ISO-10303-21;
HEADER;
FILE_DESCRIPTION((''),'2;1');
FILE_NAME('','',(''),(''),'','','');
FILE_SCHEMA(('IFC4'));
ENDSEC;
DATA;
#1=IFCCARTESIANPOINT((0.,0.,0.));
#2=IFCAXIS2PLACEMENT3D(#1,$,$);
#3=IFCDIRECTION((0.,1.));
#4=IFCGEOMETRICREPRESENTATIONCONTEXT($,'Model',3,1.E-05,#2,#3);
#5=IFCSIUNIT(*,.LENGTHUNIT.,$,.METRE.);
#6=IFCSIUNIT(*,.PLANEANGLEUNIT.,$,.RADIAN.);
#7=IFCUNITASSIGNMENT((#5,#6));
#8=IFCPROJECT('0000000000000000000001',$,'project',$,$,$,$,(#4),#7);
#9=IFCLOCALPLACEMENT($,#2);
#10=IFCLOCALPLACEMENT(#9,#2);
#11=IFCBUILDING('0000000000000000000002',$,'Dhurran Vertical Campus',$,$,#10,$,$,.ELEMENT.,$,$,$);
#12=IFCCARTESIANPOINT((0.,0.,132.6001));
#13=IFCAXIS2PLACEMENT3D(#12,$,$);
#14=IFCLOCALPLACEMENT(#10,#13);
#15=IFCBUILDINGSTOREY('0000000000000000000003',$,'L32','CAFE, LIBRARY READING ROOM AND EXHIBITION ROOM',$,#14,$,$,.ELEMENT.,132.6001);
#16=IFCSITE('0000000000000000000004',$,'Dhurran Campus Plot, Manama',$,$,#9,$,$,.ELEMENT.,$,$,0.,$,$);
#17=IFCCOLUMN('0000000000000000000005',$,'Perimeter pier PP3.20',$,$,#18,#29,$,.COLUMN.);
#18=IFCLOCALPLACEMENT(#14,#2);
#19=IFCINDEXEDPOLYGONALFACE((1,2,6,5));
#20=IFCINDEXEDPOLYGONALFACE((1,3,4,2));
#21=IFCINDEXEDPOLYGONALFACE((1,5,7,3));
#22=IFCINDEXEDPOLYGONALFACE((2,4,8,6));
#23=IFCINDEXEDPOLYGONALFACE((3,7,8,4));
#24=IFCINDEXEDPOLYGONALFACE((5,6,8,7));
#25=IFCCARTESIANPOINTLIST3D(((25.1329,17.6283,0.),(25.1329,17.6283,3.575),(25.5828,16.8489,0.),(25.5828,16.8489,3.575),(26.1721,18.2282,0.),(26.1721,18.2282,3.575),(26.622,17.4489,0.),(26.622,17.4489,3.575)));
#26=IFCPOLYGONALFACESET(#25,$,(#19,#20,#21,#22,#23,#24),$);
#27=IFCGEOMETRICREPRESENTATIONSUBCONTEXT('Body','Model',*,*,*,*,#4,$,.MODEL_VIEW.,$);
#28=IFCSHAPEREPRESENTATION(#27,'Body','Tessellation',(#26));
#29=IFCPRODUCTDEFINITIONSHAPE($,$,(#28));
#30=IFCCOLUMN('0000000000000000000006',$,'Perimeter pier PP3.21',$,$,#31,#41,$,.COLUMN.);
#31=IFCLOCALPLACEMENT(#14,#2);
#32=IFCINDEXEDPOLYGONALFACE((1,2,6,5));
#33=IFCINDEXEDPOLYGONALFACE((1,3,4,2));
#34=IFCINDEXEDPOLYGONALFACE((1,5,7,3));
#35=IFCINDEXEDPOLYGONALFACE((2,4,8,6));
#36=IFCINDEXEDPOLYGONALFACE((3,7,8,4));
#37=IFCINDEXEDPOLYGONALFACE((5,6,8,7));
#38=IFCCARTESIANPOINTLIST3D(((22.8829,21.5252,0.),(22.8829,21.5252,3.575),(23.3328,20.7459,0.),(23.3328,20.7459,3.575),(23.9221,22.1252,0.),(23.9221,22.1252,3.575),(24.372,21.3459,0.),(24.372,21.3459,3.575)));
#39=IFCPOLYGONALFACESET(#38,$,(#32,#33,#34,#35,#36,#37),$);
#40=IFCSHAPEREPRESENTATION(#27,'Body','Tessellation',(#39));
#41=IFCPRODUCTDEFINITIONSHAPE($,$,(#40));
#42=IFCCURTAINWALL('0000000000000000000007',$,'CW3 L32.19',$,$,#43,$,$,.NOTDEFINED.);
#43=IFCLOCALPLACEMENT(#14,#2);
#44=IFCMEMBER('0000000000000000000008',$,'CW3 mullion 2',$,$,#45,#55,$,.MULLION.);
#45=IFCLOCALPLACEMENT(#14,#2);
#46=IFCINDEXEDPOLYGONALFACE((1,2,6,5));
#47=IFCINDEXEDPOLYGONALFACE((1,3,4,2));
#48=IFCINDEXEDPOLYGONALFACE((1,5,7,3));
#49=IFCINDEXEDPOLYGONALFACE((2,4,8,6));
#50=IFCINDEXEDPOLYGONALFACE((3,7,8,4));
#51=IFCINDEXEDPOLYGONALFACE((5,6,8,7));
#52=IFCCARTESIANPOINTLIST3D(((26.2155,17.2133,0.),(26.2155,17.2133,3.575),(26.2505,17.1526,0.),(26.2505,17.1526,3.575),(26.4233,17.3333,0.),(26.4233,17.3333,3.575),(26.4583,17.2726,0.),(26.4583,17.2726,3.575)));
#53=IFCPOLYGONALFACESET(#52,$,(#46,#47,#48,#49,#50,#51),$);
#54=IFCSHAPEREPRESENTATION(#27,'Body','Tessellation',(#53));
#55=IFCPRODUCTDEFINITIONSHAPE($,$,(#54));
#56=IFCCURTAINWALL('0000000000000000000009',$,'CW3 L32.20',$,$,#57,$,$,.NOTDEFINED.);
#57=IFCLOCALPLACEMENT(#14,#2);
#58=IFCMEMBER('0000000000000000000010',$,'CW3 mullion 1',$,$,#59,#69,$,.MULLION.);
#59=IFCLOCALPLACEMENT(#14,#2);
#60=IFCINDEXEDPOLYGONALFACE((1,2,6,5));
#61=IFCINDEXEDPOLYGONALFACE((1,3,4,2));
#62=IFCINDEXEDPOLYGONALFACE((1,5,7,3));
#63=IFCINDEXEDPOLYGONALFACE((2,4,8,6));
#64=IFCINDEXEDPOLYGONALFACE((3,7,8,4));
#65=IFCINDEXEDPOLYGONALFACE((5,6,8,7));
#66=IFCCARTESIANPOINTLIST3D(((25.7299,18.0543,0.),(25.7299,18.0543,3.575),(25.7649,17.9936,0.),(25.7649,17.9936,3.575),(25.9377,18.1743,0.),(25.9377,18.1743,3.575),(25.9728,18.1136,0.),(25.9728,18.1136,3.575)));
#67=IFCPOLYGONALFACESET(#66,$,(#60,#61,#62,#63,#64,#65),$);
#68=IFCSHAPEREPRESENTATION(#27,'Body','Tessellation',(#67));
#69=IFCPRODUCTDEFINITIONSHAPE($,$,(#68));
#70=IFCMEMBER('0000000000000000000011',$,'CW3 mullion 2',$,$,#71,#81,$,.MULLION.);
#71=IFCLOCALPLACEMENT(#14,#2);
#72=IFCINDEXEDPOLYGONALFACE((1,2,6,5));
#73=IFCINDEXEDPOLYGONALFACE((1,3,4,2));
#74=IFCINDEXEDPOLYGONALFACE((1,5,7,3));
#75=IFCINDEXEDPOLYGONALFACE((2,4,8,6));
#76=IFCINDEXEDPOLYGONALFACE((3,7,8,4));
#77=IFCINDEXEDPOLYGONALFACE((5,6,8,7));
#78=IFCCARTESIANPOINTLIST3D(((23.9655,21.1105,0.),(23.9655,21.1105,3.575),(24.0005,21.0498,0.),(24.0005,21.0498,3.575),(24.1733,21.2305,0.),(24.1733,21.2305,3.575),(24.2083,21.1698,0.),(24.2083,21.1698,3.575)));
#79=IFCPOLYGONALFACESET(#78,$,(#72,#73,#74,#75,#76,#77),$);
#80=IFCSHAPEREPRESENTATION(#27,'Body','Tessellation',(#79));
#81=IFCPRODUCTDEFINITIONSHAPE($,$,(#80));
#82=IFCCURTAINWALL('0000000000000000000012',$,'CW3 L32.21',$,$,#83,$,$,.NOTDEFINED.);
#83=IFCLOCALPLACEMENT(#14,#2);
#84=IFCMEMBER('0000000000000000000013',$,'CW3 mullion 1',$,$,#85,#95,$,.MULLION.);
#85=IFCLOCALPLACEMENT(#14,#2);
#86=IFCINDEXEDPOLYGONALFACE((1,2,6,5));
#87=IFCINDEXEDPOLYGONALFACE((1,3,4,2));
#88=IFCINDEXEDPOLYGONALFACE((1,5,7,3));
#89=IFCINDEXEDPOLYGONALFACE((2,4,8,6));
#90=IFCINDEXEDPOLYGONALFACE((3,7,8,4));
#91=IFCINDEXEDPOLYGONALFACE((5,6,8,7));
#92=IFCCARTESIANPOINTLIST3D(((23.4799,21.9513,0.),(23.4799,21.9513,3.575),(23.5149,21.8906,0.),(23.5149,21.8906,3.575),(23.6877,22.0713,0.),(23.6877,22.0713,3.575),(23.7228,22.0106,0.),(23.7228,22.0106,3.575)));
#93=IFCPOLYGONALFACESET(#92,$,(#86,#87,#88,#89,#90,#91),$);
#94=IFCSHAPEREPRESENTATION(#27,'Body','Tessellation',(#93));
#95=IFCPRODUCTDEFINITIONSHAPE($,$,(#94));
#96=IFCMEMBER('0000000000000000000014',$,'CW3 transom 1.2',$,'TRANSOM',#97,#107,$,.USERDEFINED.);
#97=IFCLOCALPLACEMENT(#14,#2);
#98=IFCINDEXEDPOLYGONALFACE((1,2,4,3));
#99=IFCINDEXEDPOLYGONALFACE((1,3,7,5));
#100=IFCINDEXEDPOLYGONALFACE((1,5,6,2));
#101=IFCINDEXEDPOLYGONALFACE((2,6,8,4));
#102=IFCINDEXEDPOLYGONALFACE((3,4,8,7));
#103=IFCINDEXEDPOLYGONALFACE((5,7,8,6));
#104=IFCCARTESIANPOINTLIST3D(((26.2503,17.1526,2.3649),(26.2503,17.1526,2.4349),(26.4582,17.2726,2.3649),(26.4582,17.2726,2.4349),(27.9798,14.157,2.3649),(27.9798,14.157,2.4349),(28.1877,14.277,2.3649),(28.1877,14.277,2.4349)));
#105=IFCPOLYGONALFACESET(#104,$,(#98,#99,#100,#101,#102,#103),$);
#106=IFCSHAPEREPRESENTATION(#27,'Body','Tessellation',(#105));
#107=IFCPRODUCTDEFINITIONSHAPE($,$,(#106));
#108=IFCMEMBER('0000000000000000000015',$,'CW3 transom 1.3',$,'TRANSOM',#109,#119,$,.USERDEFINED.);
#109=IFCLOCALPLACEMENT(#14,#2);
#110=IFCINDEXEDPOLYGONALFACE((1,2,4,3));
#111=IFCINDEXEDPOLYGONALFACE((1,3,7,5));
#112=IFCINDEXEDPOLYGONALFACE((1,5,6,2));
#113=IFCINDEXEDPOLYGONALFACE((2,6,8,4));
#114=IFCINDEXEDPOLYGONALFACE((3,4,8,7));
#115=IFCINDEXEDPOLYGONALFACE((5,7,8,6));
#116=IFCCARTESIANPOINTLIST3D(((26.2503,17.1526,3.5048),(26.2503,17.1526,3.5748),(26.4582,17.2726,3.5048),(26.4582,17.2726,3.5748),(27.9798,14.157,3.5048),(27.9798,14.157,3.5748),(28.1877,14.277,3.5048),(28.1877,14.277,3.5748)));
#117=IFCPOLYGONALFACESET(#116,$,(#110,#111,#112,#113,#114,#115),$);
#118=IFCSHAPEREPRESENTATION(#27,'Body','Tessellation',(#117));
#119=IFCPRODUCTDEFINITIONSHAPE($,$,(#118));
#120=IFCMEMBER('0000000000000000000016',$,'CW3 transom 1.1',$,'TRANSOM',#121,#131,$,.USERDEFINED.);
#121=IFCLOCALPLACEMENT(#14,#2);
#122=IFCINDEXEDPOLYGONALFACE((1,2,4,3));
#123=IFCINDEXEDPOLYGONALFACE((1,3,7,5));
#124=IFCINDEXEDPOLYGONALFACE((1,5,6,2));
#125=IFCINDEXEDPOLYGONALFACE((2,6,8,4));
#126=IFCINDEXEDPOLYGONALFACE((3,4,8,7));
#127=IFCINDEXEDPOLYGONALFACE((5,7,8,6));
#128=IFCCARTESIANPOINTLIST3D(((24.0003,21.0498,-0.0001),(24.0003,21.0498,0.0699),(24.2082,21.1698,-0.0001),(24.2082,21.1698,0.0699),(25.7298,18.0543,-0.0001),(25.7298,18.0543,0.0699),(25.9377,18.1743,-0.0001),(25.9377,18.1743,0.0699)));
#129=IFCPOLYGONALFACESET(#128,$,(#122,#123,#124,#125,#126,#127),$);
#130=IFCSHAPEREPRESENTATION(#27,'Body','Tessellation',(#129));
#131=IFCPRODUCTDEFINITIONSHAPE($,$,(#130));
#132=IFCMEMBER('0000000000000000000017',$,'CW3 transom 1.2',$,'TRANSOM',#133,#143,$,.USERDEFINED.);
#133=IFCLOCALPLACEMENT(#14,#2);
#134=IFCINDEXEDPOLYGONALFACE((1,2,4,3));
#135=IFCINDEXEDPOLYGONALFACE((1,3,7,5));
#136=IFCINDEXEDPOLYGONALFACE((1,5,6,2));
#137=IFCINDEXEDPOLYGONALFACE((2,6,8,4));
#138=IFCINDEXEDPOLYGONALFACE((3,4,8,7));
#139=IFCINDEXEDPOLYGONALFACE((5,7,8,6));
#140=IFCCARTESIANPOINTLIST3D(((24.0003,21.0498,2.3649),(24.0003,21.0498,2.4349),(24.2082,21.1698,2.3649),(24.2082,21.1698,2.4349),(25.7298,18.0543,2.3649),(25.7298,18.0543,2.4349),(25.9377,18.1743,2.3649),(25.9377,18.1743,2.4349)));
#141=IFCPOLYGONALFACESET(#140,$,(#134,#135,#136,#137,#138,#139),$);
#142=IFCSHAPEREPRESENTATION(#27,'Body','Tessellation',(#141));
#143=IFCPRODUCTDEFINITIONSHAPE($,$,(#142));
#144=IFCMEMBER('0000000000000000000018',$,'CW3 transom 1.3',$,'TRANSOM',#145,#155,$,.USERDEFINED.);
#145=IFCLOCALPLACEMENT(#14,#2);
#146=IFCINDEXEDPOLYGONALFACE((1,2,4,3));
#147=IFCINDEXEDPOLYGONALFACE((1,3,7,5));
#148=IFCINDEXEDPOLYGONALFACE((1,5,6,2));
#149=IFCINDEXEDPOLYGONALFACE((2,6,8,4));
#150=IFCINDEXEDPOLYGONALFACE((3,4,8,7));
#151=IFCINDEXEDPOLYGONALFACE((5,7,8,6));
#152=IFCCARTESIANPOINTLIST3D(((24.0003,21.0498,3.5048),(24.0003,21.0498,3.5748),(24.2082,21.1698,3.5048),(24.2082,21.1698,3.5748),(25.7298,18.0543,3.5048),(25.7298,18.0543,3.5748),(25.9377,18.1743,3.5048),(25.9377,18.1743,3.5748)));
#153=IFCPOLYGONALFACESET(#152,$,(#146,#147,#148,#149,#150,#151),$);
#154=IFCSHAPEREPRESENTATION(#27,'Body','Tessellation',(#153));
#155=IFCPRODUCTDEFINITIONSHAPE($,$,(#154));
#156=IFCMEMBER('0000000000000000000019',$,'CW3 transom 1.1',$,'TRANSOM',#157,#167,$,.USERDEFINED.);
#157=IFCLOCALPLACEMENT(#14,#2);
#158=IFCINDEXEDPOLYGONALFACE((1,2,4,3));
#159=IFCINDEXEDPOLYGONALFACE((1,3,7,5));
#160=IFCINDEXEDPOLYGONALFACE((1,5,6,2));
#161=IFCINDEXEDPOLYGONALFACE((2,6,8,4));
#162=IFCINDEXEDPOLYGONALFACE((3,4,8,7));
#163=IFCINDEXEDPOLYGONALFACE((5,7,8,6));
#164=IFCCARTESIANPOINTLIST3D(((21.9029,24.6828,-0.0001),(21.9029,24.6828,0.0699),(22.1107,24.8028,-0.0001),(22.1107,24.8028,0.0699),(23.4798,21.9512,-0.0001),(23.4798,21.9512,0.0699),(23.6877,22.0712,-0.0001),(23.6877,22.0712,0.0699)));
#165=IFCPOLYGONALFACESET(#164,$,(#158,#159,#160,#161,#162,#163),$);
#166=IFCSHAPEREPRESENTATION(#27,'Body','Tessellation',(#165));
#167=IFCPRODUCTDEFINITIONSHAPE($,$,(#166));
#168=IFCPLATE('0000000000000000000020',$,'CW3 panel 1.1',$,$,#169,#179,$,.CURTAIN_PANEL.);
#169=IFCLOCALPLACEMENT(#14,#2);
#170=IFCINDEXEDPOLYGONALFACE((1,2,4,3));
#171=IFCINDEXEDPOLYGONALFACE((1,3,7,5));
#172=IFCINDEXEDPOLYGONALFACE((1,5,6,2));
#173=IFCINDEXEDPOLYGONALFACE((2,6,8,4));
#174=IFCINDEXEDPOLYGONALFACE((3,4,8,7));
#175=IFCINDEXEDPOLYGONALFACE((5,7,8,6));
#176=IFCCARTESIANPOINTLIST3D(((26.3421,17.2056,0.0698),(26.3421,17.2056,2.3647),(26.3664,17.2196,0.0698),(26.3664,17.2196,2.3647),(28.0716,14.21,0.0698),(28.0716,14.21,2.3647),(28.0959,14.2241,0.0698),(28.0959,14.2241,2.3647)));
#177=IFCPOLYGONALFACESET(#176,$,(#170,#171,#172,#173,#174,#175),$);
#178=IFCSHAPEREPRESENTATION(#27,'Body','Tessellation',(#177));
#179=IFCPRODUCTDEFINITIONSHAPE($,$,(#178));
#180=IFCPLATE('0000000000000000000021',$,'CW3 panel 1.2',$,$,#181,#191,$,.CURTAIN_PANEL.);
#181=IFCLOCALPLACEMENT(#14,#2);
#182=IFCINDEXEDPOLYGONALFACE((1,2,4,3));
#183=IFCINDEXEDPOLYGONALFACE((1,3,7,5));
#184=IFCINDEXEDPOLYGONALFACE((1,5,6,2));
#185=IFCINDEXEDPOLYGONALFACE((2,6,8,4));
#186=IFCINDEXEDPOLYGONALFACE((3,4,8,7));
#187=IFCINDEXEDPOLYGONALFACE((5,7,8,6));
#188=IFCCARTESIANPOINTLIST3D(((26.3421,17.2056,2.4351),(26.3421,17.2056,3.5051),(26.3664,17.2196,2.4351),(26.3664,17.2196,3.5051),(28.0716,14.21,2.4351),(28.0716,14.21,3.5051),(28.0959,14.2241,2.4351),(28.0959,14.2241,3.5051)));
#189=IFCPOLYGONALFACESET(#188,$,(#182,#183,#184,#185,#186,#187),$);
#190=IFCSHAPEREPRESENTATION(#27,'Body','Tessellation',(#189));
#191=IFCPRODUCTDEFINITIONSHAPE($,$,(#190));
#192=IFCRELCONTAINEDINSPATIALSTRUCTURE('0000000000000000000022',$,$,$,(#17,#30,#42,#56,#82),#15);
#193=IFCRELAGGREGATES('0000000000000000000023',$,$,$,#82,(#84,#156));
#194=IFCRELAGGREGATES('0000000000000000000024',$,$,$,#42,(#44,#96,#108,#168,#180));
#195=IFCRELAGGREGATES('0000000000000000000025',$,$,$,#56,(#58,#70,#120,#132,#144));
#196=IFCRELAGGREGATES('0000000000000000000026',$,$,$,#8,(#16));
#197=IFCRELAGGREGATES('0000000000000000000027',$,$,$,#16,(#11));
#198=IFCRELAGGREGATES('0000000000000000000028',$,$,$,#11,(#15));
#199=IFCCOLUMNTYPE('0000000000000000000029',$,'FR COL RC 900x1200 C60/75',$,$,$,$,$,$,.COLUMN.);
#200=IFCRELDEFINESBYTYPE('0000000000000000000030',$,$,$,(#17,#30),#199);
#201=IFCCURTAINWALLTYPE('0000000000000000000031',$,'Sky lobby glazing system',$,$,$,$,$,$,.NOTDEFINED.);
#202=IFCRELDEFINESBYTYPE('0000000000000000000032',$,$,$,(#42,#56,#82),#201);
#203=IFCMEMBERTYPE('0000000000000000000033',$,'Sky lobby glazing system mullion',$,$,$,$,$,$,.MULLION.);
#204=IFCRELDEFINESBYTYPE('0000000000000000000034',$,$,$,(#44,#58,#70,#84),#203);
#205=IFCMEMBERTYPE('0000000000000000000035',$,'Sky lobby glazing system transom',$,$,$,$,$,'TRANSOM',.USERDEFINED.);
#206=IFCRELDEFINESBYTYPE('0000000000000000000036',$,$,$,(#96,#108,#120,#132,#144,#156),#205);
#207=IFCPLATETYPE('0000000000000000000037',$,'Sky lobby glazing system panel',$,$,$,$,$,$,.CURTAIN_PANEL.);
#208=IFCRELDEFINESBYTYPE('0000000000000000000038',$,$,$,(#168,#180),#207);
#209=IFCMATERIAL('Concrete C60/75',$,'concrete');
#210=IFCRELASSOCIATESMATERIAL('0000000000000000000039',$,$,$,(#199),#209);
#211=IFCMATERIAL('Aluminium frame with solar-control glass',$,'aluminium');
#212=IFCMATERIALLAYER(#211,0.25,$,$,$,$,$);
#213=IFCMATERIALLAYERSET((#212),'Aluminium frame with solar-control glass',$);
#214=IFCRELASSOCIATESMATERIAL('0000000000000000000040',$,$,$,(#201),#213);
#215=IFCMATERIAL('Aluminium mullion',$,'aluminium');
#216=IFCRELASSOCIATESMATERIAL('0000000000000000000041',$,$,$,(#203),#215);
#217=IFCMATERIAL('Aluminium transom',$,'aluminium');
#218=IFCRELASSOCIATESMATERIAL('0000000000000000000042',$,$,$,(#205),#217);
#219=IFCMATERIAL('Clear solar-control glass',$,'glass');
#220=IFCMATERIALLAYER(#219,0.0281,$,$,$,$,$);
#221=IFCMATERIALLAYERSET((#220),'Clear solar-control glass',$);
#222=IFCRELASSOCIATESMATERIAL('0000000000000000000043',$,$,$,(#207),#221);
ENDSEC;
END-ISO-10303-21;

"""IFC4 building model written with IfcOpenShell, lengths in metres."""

from ifc_helpers import new_model, si_unit, direction, frame, origin, origin_2d, place, context, subcontext, project, spatial, rectangle, extrude, material, layer, layer_set, material_profile, profile_set, type_object, element, aggregate, save


model = new_model("IFC4")

# Units and contexts
model_context = context("Model", 3, precision=1e-05, world=origin(), true_north=direction((0.0, 1.0)))
body_context = subcontext(model_context, "Body", "Model", "MODEL_VIEW")
ifc_project = project(units=[si_unit("LENGTHUNIT", "METRE"), si_unit("PLANEANGLEUNIT", "RADIAN")], contexts=[model_context])

# Site, building, storey
site_placement = place(None, origin())
site = spatial("IfcSite", under=ifc_project, at=site_placement, Name="Dhurran Campus Plot, Manama", CompositionType="ELEMENT", RefElevation=0.0)
building_placement = place(site_placement, origin())
building = spatial("IfcBuilding", under=site, at=building_placement, Name="Dhurran Vertical Campus", CompositionType="ELEMENT")
storey_placement = place(building_placement, frame((0.0, 0.0, 132.6001)))
storey = spatial("IfcBuildingStorey", under=building, at=storey_placement, Name="L32", Description="CAFE, LIBRARY READING ROOM AND EXHIBITION ROOM", CompositionType="ELEMENT", Elevation=132.6001)

# Columns
ifc_material_1 = material(Name="Concrete C60/75", Category="concrete")
ifc_material_profile_1 = material_profile(ifc_material_1, rectangle(XDim=0.8999, YDim=1.2, at=origin_2d()), Name="RC 900x1200")
ifc_profile_set_1 = profile_set([ifc_material_profile_1], Name="Concrete C60/75")
column_type = type_object("IfcColumnType", Name="FR COL RC 900x1200 C60/75", PredefinedType="COLUMN", material=ifc_profile_set_1)
for number, where, z_axis, x_axis, name in (
    (1, (25.8774, 17.5386, 0.0), (0.0, 0.0, 1.0), (-0.5, 0.866025, 0.0), "Perimeter pier PP3.20"),
    (2, (23.6274, 21.4355, 0.0), (0.0, 0.0, 1.0), (-0.5, 0.866025, 0.0), "Perimeter pier PP3.21"),
):
    element("IfcColumn", number, at=place(storey_placement, frame(where, z_axis=z_axis, x_axis=x_axis)), inside=storey, type_object=column_type, Name=name, PredefinedType="COLUMN", context=body_context, shape_type="SweptSolid", body=[
        extrude(rectangle(XDim=0.8999, YDim=1.2, at=origin_2d()), origin(), (0.0, 0.0, 1.0), 3.575),
    ])

# Curtain wall, member
ifc_material_2 = material(Name="Aluminium frame with solar-control glass", Category="aluminium")
ifc_layer_1 = layer(ifc_material_2, 0.25)
ifc_layer_set_1 = layer_set([ifc_layer_1], Name="Aluminium frame with solar-control glass")
curtain_wall_type = type_object("IfcCurtainWallType", Name="Sky lobby glazing system", PredefinedType="NOTDEFINED", material=ifc_layer_set_1)
curtain_wall_1_placement = place(storey_placement, origin())
curtain_wall_1 = element("IfcCurtainWall", 3, at=curtain_wall_1_placement, inside=storey, type_object=curtain_wall_type, Name="CW3 L32.19", PredefinedType="NOTDEFINED")
ifc_material_3 = material(Name="Aluminium mullion", Category="aluminium")
ifc_material_profile_2 = material_profile(ifc_material_3, rectangle(XDim=0.24, YDim=0.0701, at=origin_2d()), Name="Sky lobby glazing system mullion")
ifc_profile_set_2 = profile_set([ifc_material_profile_2], Name="Aluminium mullion")
member_type_1 = type_object("IfcMemberType", Name="Sky lobby glazing system mullion", PredefinedType="MULLION", material=ifc_profile_set_2)
member_1_placement = place(storey_placement, frame((26.3369, 17.2429, 0.0), z_axis=(0.0, 0.0, 1.0), x_axis=(-0.866024, -0.500003, 0.0)))
member_1 = element("IfcMember", 4, at=member_1_placement, type_object=member_type_1, Name="CW3 mullion 2", PredefinedType="MULLION", context=body_context, shape_type="SweptSolid", body=[
    extrude(rectangle(XDim=0.24, YDim=0.0701, at=origin_2d()), origin(), (0.0, 0.0, 1.0), 3.575),
])

# Curtain wall, members
curtain_wall_2_placement = place(storey_placement, origin())
curtain_wall_2 = element("IfcCurtainWall", 5, at=curtain_wall_2_placement, inside=storey, type_object=curtain_wall_type, Name="CW3 L32.20", PredefinedType="NOTDEFINED")
member_2_placement = place(storey_placement, frame((25.8513, 18.084, 0.0), z_axis=(0.0, 0.0, 1.0), x_axis=(-0.866024, -0.500003, 0.0)))
member_2 = element("IfcMember", 6, at=member_2_placement, type_object=member_type_1, Name="CW3 mullion 1", PredefinedType="MULLION", context=body_context, shape_type="SweptSolid", body=[
    extrude(rectangle(XDim=0.24, YDim=0.0701, at=origin_2d()), origin(), (0.0, 0.0, 1.0), 3.575),
])
member_3_placement = place(storey_placement, frame((24.0869, 21.1401, 0.0), z_axis=(0.0, 0.0, 1.0), x_axis=(-0.866024, -0.500003, 0.0)))
member_3 = element("IfcMember", 7, at=member_3_placement, type_object=member_type_1, Name="CW3 mullion 2", PredefinedType="MULLION", context=body_context, shape_type="SweptSolid", body=[
    extrude(rectangle(XDim=0.24, YDim=0.0701, at=origin_2d()), origin(), (0.0, 0.0, 1.0), 3.575),
])

# Curtain wall, member
curtain_wall_3_placement = place(storey_placement, origin())
curtain_wall_3 = element("IfcCurtainWall", 8, at=curtain_wall_3_placement, inside=storey, type_object=curtain_wall_type, Name="CW3 L32.21", PredefinedType="NOTDEFINED")
member_4_placement = place(storey_placement, frame((23.6013, 21.981, 0.0), z_axis=(0.0, 0.0, 1.0), x_axis=(-0.866026, -0.499998, 0.0)))
member_4 = element("IfcMember", 9, at=member_4_placement, type_object=member_type_1, Name="CW3 mullion 1", PredefinedType="MULLION", context=body_context, shape_type="SweptSolid", body=[
    extrude(rectangle(XDim=0.24, YDim=0.0701, at=origin_2d()), origin(), (0.0, 0.0, 1.0), 3.575),
])

# Members
ifc_material_4 = material(Name="Aluminium transom", Category="aluminium")
ifc_material_profile_3 = material_profile(ifc_material_4, rectangle(XDim=0.24, YDim=0.0701, at=origin_2d()), Name="Sky lobby glazing system transom")
ifc_profile_set_3 = profile_set([ifc_material_profile_3], Name="Aluminium transom")
member_type_2 = type_object("IfcMemberType", Name="Sky lobby glazing system transom", ElementType="TRANSOM", PredefinedType="USERDEFINED", material=ifc_profile_set_3)
member_5_placement = place(storey_placement, frame((28.0837, 14.217, 2.3999), z_axis=(-0.499995, 0.866028, 0.0), x_axis=(-0.866028, -0.499995, 0.0)))
member_5 = element("IfcMember", 10, at=member_5_placement, type_object=member_type_2, Name="CW3 transom 1.2", ObjectType="TRANSOM", PredefinedType="USERDEFINED", context=body_context, shape_type="SweptSolid", body=[
    extrude(rectangle(XDim=0.24, YDim=0.0701, at=origin_2d()), origin(), (0.0, 0.0, 1.0), 3.459),
])
member_6_placement = place(storey_placement, frame((28.0837, 14.217, 3.5398), z_axis=(-0.499995, 0.866028, 0.0), x_axis=(-0.866028, -0.499995, 0.0)))
member_6 = element("IfcMember", 11, at=member_6_placement, type_object=member_type_2, Name="CW3 transom 1.3", ObjectType="TRANSOM", PredefinedType="USERDEFINED", context=body_context, shape_type="SweptSolid", body=[
    extrude(rectangle(XDim=0.24, YDim=0.0701, at=origin_2d()), origin(), (0.0, 0.0, 1.0), 3.459),
])
member_7_placement = place(storey_placement, frame((25.8337, 18.1143, 0.0349), z_axis=(-0.499995, 0.866028, 0.0), x_axis=(-0.866028, -0.499995, 0.0)))
member_7 = element("IfcMember", 12, at=member_7_placement, type_object=member_type_2, Name="CW3 transom 1.1", ObjectType="TRANSOM", PredefinedType="USERDEFINED", context=body_context, shape_type="SweptSolid", body=[
    extrude(rectangle(XDim=0.24, YDim=0.0701, at=origin_2d()), origin(), (0.0, 0.0, 1.0), 3.459),
])
member_8_placement = place(storey_placement, frame((25.8337, 18.1143, 2.3999), z_axis=(-0.499995, 0.866028, 0.0), x_axis=(-0.866028, -0.499995, 0.0)))
member_8 = element("IfcMember", 13, at=member_8_placement, type_object=member_type_2, Name="CW3 transom 1.2", ObjectType="TRANSOM", PredefinedType="USERDEFINED", context=body_context, shape_type="SweptSolid", body=[
    extrude(rectangle(XDim=0.24, YDim=0.0701, at=origin_2d()), origin(), (0.0, 0.0, 1.0), 3.459),
])
member_9_placement = place(storey_placement, frame((25.8337, 18.1143, 3.5398), z_axis=(-0.499995, 0.866028, 0.0), x_axis=(-0.866028, -0.499995, 0.0)))
member_9 = element("IfcMember", 14, at=member_9_placement, type_object=member_type_2, Name="CW3 transom 1.3", ObjectType="TRANSOM", PredefinedType="USERDEFINED", context=body_context, shape_type="SweptSolid", body=[
    extrude(rectangle(XDim=0.24, YDim=0.0701, at=origin_2d()), origin(), (0.0, 0.0, 1.0), 3.459),
])
member_10_placement = place(storey_placement, frame((23.5837, 22.0112, 0.0349), z_axis=(-0.499977, 0.866039, 0.0), x_axis=(-0.866039, -0.499977, 0.0)))
member_10 = element("IfcMember", 15, at=member_10_placement, type_object=member_type_2, Name="CW3 transom 1.1", ObjectType="TRANSOM", PredefinedType="USERDEFINED", context=body_context, shape_type="SweptSolid", body=[
    extrude(rectangle(XDim=0.24, YDim=0.0701, at=origin_2d()), origin(), (0.0, 0.0, 1.0), 3.1541),
])
aggregate(curtain_wall_3, [member_4, member_10])

# Plates
ifc_material_5 = material(Name="Clear solar-control glass", Category="glass")
ifc_layer_2 = layer(ifc_material_5, 0.0281)
ifc_layer_set_2 = layer_set([ifc_layer_2], Name="Clear solar-control glass")
plate_type = type_object("IfcPlateType", Name="Sky lobby glazing system panel", PredefinedType="CURTAIN_PANEL", material=ifc_layer_set_2)
plate_1_placement = place(storey_placement, frame((27.219, 15.7148, 0.0698), z_axis=(0.0, 0.0, 1.0), x_axis=(-0.500003, 0.866024, 0.0)))
plate_1 = element("IfcPlate", 16, at=plate_1_placement, type_object=plate_type, Name="CW3 panel 1.1", PredefinedType="CURTAIN_PANEL", context=body_context, shape_type="SweptSolid", body=[
    extrude(rectangle(XDim=3.459, YDim=0.0281, at=origin_2d()), origin(), (0.0, 0.0, 1.0), 2.2949),
])
plate_2_placement = place(storey_placement, frame((27.219, 15.7148, 2.4351), z_axis=(0.0, 0.0, 1.0), x_axis=(-0.500003, 0.866024, 0.0)))
plate_2 = element("IfcPlate", 17, at=plate_2_placement, type_object=plate_type, Name="CW3 panel 1.2", PredefinedType="CURTAIN_PANEL", context=body_context, shape_type="SweptSolid", body=[
    extrude(rectangle(XDim=3.459, YDim=0.0281, at=origin_2d()), origin(), (0.0, 0.0, 1.0), 1.0701),
])
aggregate(curtain_wall_1, [member_1, member_5, member_6, plate_1, plate_2])
aggregate(curtain_wall_2, [member_2, member_3, member_7, member_8, member_9])

save(model, "model.ifc")
